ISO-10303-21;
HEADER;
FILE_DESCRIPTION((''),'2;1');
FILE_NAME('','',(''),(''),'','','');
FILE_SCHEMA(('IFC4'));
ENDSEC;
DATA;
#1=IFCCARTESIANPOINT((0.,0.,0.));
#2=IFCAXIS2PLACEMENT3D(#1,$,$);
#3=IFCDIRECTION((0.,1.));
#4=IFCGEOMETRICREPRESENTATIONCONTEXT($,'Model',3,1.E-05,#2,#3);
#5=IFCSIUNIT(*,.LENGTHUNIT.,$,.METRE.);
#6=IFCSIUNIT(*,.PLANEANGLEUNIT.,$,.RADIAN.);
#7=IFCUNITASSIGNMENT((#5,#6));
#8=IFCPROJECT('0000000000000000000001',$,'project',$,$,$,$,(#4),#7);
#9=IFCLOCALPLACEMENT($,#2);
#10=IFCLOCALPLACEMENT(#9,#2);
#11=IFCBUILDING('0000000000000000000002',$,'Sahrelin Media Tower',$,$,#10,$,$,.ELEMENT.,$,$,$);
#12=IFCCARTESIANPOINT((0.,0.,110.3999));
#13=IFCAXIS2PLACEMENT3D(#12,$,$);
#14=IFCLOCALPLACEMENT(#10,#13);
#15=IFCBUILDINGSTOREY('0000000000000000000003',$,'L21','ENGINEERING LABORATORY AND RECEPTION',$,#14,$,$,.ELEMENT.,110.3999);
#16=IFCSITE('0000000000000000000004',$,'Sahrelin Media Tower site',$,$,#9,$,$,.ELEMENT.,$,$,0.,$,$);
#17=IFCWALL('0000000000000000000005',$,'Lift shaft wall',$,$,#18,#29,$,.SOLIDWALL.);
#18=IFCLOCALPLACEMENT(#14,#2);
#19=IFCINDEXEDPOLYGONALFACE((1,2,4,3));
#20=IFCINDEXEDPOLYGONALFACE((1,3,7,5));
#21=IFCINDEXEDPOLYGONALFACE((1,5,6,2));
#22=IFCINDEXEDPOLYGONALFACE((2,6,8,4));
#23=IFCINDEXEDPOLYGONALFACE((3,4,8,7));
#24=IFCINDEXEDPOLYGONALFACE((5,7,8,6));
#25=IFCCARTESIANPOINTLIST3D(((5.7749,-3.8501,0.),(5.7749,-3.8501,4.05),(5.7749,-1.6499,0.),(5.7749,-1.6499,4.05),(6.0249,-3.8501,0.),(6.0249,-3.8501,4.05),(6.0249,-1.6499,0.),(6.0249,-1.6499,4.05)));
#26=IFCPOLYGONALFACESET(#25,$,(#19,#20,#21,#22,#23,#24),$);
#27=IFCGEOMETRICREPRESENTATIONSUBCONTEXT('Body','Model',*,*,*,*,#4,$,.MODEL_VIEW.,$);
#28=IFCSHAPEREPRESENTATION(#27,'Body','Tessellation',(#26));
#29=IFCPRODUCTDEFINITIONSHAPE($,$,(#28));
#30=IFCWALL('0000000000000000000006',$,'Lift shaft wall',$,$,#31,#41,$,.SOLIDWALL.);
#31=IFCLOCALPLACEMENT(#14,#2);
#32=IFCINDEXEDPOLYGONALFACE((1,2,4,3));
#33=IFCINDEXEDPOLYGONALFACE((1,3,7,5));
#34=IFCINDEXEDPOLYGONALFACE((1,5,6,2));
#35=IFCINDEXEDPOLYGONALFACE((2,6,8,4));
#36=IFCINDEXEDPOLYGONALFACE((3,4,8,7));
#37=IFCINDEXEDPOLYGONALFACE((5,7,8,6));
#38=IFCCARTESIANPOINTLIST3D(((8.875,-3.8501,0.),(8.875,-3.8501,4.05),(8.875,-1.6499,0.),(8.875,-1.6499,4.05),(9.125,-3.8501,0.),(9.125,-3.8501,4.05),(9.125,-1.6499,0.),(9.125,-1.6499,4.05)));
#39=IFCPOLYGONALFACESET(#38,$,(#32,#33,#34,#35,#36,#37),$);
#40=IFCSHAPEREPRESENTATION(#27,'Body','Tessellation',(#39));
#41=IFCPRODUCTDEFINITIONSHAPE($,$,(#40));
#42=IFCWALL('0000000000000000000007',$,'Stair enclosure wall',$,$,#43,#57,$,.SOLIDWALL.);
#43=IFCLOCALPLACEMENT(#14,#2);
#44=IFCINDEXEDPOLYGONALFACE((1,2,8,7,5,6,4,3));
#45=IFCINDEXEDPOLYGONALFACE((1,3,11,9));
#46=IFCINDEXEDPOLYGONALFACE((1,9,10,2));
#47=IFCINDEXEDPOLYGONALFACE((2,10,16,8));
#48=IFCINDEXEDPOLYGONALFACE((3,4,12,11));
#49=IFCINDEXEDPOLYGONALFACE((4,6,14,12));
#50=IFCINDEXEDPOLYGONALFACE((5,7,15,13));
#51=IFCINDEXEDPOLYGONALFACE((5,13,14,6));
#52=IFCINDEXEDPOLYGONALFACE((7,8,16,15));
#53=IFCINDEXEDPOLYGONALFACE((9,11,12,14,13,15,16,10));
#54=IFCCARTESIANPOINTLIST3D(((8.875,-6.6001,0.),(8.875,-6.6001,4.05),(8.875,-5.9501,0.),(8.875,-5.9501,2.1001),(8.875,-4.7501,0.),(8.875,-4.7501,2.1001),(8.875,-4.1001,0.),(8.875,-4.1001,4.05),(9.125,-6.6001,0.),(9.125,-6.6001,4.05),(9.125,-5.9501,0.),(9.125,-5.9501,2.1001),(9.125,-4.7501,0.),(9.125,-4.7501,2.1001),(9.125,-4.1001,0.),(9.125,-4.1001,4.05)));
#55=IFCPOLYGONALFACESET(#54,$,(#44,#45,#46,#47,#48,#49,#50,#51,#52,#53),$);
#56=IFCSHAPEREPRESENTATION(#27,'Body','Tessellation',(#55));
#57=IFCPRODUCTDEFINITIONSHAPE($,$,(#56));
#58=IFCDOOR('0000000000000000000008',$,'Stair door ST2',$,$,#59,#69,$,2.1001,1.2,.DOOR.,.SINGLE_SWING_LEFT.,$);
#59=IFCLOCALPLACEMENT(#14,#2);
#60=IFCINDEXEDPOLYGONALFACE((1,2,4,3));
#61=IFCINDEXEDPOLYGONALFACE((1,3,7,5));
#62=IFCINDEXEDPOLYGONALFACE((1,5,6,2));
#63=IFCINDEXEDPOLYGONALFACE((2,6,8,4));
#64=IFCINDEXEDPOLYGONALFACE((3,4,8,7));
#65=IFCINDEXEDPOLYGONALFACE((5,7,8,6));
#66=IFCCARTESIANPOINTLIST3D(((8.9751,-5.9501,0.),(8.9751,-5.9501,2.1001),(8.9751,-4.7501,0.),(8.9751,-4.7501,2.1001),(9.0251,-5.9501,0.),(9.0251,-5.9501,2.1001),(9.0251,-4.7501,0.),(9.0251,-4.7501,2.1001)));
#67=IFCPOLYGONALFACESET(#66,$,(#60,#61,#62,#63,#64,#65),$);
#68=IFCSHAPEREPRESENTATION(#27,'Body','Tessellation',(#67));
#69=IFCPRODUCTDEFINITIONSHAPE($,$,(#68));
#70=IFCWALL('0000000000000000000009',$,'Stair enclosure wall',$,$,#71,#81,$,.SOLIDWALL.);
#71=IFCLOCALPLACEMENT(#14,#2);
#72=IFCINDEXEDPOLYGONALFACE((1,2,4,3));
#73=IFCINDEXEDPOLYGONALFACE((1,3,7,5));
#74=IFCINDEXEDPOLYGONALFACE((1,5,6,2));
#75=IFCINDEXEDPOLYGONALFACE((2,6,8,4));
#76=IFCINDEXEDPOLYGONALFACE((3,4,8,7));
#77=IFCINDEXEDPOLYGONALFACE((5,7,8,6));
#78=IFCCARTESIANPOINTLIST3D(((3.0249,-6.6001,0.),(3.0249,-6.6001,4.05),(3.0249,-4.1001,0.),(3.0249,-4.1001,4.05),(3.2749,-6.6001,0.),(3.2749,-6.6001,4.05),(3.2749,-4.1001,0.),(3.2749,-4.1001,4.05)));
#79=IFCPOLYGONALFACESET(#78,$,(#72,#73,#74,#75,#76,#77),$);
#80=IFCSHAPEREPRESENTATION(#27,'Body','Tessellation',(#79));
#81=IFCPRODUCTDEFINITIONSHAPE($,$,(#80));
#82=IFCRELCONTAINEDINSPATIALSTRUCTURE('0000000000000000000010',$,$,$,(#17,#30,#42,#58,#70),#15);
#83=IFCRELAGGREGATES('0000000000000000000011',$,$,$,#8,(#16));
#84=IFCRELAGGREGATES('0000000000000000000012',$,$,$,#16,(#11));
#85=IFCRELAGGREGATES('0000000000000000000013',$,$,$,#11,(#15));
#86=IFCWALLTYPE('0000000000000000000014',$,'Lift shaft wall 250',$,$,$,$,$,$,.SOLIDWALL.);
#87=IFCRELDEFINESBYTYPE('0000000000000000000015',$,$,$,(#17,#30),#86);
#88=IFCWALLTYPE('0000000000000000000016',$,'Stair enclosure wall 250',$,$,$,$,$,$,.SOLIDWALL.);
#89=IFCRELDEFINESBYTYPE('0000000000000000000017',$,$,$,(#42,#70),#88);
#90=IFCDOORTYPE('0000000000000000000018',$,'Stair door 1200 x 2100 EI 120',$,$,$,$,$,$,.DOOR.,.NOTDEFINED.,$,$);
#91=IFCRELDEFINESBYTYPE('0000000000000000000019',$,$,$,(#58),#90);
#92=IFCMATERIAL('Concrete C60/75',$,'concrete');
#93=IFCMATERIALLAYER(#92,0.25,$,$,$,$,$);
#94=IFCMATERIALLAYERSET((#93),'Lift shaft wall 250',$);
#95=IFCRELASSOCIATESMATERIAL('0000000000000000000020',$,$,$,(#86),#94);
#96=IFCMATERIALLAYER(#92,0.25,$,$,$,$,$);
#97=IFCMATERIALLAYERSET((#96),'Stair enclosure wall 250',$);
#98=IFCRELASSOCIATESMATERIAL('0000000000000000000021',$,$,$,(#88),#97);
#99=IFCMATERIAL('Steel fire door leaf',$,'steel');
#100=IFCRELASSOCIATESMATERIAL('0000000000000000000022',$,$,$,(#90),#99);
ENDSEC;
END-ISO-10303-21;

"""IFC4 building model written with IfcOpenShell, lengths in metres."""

from ifc_helpers import new_model, si_unit, direction, frame, frame_2d, origin, place, context, subcontext, project, spatial, rectangle, extrude, material, layer, layer_set, type_object, element, fill, save


model = new_model("IFC4")

# Units and contexts
model_context = context("Model", 3, precision=1e-05, world=origin(), true_north=direction((0.0, 1.0)))
body_context = subcontext(model_context, "Body", "Model", "MODEL_VIEW")
ifc_project = project(units=[si_unit("LENGTHUNIT", "METRE"), si_unit("PLANEANGLEUNIT", "RADIAN")], contexts=[model_context])

# Site, building, storey
site_placement = place(None, origin())
site = spatial("IfcSite", under=ifc_project, at=site_placement, Name="Sahrelin Media Tower site", CompositionType="ELEMENT", RefElevation=0.0)
building_placement = place(site_placement, origin())
building = spatial("IfcBuilding", under=site, at=building_placement, Name="Sahrelin Media Tower", CompositionType="ELEMENT")
storey_placement = place(building_placement, frame((0.0, 0.0, 110.3999)))
storey = spatial("IfcBuildingStorey", under=building, at=storey_placement, Name="L21", Description="ENGINEERING LABORATORY AND RECEPTION", CompositionType="ELEMENT", Elevation=110.3999)

# Walls
ifc_material_1 = material(Name="Concrete C60/75", Category="concrete")
ifc_layer_1 = layer(ifc_material_1, 0.25)
ifc_layer_set_1 = layer_set([ifc_layer_1], Name="Lift shaft wall 250")
wall_type_1 = type_object("IfcWallType", Name="Lift shaft wall 250", PredefinedType="SOLIDWALL", material=ifc_layer_set_1)
for number, where, z_axis, x_axis, name in (
    (1, (5.8999, -3.8501, 0.0), (0.0, 0.0, 1.0), (0.0, 1.0, 0.0), "Lift shaft wall"),
    (2, (9.0, -3.8501, 0.0), (0.0, 0.0, 1.0), (0.0, 1.0, 0.0), "Lift shaft wall"),
):
    element("IfcWall", number, at=place(storey_placement, frame(where, z_axis=z_axis, x_axis=x_axis)), inside=storey, type_object=wall_type_1, Name=name, PredefinedType="SOLIDWALL", context=body_context, shape_type="SweptSolid", body=[
        extrude(rectangle(XDim=2.2002, YDim=0.25, at=frame_2d((1.1001, 0.0))), origin(), (0.0, 0.0, 1.0), 4.05),
    ])

# Wall, opening, door
ifc_layer_2 = layer(ifc_material_1, 0.25)
ifc_layer_set_2 = layer_set([ifc_layer_2], Name="Stair enclosure wall 250")
wall_type_2 = type_object("IfcWallType", Name="Stair enclosure wall 250", PredefinedType="SOLIDWALL", material=ifc_layer_set_2)
wall_1_placement = place(storey_placement, frame((9.0, -6.6001, 0.0), z_axis=(0.0, 0.0, 1.0), x_axis=(0.0, 1.0, 0.0)))
wall_1 = element("IfcWall", 3, at=wall_1_placement, inside=storey, type_object=wall_type_2, Name="Stair enclosure wall", PredefinedType="SOLIDWALL", context=body_context, shape_type="SweptSolid", body=[
    extrude(rectangle(XDim=2.5, YDim=0.25, at=frame_2d((1.25, 0.0))), origin(), (0.0, 0.0, 1.0), 4.05),
])
opening_placement = place(wall_1_placement, frame((0.6499, 0.0, 0.0)))
opening = element("IfcOpeningElement", 4, at=opening_placement, cuts=wall_1, PredefinedType="OPENING", context=body_context, shape_type="SweptSolid", body=[
    extrude(rectangle(XDim=1.2, YDim=2.1001, at=frame_2d((0.6001, 1.05))), frame((0.0, 0.125, 0.0), z_axis=(0.0, -1.0, 0.0), x_axis=(1.0, 0.0, 0.0)), (0.0, 0.0, 1.0), 0.25),
])
ifc_material_2 = material(Name="Steel fire door leaf", Category="steel")
door_type = type_object("IfcDoorType", Name="Stair door 1200 x 2100 EI 120", OperationType="NOTDEFINED", PredefinedType="DOOR", material=ifc_material_2)
door_placement = place(opening_placement, origin())
door = element("IfcDoor", 5, at=door_placement, inside=storey, type_object=door_type, Name="Stair door ST2", OperationType="SINGLE_SWING_LEFT", OverallHeight=2.1001, OverallWidth=1.2, PredefinedType="DOOR", context=body_context, shape_type="SweptSolid", body=[
    extrude(rectangle(XDim=1.2, YDim=2.1001, at=frame_2d((0.6001, 1.05))), frame((0.0, 0.0249, 0.0), z_axis=(0.0, -1.0, 0.0), x_axis=(1.0, 0.0, 0.0)), (0.0, 0.0, 1.0), 0.05),
])
fill(opening, door)

# Wall
wall_2_placement = place(storey_placement, frame((3.1499, -6.6001, 0.0), z_axis=(0.0, 0.0, 1.0), x_axis=(0.0, 1.0, 0.0)))
element("IfcWall", 6, at=wall_2_placement, inside=storey, type_object=wall_type_2, Name="Stair enclosure wall", PredefinedType="SOLIDWALL", context=body_context, shape_type="SweptSolid", body=[
    extrude(rectangle(XDim=2.5, YDim=0.25, at=frame_2d((1.25, 0.0))), origin(), (0.0, 0.0, 1.0), 4.05),
])

save(model, "model.ifc")
